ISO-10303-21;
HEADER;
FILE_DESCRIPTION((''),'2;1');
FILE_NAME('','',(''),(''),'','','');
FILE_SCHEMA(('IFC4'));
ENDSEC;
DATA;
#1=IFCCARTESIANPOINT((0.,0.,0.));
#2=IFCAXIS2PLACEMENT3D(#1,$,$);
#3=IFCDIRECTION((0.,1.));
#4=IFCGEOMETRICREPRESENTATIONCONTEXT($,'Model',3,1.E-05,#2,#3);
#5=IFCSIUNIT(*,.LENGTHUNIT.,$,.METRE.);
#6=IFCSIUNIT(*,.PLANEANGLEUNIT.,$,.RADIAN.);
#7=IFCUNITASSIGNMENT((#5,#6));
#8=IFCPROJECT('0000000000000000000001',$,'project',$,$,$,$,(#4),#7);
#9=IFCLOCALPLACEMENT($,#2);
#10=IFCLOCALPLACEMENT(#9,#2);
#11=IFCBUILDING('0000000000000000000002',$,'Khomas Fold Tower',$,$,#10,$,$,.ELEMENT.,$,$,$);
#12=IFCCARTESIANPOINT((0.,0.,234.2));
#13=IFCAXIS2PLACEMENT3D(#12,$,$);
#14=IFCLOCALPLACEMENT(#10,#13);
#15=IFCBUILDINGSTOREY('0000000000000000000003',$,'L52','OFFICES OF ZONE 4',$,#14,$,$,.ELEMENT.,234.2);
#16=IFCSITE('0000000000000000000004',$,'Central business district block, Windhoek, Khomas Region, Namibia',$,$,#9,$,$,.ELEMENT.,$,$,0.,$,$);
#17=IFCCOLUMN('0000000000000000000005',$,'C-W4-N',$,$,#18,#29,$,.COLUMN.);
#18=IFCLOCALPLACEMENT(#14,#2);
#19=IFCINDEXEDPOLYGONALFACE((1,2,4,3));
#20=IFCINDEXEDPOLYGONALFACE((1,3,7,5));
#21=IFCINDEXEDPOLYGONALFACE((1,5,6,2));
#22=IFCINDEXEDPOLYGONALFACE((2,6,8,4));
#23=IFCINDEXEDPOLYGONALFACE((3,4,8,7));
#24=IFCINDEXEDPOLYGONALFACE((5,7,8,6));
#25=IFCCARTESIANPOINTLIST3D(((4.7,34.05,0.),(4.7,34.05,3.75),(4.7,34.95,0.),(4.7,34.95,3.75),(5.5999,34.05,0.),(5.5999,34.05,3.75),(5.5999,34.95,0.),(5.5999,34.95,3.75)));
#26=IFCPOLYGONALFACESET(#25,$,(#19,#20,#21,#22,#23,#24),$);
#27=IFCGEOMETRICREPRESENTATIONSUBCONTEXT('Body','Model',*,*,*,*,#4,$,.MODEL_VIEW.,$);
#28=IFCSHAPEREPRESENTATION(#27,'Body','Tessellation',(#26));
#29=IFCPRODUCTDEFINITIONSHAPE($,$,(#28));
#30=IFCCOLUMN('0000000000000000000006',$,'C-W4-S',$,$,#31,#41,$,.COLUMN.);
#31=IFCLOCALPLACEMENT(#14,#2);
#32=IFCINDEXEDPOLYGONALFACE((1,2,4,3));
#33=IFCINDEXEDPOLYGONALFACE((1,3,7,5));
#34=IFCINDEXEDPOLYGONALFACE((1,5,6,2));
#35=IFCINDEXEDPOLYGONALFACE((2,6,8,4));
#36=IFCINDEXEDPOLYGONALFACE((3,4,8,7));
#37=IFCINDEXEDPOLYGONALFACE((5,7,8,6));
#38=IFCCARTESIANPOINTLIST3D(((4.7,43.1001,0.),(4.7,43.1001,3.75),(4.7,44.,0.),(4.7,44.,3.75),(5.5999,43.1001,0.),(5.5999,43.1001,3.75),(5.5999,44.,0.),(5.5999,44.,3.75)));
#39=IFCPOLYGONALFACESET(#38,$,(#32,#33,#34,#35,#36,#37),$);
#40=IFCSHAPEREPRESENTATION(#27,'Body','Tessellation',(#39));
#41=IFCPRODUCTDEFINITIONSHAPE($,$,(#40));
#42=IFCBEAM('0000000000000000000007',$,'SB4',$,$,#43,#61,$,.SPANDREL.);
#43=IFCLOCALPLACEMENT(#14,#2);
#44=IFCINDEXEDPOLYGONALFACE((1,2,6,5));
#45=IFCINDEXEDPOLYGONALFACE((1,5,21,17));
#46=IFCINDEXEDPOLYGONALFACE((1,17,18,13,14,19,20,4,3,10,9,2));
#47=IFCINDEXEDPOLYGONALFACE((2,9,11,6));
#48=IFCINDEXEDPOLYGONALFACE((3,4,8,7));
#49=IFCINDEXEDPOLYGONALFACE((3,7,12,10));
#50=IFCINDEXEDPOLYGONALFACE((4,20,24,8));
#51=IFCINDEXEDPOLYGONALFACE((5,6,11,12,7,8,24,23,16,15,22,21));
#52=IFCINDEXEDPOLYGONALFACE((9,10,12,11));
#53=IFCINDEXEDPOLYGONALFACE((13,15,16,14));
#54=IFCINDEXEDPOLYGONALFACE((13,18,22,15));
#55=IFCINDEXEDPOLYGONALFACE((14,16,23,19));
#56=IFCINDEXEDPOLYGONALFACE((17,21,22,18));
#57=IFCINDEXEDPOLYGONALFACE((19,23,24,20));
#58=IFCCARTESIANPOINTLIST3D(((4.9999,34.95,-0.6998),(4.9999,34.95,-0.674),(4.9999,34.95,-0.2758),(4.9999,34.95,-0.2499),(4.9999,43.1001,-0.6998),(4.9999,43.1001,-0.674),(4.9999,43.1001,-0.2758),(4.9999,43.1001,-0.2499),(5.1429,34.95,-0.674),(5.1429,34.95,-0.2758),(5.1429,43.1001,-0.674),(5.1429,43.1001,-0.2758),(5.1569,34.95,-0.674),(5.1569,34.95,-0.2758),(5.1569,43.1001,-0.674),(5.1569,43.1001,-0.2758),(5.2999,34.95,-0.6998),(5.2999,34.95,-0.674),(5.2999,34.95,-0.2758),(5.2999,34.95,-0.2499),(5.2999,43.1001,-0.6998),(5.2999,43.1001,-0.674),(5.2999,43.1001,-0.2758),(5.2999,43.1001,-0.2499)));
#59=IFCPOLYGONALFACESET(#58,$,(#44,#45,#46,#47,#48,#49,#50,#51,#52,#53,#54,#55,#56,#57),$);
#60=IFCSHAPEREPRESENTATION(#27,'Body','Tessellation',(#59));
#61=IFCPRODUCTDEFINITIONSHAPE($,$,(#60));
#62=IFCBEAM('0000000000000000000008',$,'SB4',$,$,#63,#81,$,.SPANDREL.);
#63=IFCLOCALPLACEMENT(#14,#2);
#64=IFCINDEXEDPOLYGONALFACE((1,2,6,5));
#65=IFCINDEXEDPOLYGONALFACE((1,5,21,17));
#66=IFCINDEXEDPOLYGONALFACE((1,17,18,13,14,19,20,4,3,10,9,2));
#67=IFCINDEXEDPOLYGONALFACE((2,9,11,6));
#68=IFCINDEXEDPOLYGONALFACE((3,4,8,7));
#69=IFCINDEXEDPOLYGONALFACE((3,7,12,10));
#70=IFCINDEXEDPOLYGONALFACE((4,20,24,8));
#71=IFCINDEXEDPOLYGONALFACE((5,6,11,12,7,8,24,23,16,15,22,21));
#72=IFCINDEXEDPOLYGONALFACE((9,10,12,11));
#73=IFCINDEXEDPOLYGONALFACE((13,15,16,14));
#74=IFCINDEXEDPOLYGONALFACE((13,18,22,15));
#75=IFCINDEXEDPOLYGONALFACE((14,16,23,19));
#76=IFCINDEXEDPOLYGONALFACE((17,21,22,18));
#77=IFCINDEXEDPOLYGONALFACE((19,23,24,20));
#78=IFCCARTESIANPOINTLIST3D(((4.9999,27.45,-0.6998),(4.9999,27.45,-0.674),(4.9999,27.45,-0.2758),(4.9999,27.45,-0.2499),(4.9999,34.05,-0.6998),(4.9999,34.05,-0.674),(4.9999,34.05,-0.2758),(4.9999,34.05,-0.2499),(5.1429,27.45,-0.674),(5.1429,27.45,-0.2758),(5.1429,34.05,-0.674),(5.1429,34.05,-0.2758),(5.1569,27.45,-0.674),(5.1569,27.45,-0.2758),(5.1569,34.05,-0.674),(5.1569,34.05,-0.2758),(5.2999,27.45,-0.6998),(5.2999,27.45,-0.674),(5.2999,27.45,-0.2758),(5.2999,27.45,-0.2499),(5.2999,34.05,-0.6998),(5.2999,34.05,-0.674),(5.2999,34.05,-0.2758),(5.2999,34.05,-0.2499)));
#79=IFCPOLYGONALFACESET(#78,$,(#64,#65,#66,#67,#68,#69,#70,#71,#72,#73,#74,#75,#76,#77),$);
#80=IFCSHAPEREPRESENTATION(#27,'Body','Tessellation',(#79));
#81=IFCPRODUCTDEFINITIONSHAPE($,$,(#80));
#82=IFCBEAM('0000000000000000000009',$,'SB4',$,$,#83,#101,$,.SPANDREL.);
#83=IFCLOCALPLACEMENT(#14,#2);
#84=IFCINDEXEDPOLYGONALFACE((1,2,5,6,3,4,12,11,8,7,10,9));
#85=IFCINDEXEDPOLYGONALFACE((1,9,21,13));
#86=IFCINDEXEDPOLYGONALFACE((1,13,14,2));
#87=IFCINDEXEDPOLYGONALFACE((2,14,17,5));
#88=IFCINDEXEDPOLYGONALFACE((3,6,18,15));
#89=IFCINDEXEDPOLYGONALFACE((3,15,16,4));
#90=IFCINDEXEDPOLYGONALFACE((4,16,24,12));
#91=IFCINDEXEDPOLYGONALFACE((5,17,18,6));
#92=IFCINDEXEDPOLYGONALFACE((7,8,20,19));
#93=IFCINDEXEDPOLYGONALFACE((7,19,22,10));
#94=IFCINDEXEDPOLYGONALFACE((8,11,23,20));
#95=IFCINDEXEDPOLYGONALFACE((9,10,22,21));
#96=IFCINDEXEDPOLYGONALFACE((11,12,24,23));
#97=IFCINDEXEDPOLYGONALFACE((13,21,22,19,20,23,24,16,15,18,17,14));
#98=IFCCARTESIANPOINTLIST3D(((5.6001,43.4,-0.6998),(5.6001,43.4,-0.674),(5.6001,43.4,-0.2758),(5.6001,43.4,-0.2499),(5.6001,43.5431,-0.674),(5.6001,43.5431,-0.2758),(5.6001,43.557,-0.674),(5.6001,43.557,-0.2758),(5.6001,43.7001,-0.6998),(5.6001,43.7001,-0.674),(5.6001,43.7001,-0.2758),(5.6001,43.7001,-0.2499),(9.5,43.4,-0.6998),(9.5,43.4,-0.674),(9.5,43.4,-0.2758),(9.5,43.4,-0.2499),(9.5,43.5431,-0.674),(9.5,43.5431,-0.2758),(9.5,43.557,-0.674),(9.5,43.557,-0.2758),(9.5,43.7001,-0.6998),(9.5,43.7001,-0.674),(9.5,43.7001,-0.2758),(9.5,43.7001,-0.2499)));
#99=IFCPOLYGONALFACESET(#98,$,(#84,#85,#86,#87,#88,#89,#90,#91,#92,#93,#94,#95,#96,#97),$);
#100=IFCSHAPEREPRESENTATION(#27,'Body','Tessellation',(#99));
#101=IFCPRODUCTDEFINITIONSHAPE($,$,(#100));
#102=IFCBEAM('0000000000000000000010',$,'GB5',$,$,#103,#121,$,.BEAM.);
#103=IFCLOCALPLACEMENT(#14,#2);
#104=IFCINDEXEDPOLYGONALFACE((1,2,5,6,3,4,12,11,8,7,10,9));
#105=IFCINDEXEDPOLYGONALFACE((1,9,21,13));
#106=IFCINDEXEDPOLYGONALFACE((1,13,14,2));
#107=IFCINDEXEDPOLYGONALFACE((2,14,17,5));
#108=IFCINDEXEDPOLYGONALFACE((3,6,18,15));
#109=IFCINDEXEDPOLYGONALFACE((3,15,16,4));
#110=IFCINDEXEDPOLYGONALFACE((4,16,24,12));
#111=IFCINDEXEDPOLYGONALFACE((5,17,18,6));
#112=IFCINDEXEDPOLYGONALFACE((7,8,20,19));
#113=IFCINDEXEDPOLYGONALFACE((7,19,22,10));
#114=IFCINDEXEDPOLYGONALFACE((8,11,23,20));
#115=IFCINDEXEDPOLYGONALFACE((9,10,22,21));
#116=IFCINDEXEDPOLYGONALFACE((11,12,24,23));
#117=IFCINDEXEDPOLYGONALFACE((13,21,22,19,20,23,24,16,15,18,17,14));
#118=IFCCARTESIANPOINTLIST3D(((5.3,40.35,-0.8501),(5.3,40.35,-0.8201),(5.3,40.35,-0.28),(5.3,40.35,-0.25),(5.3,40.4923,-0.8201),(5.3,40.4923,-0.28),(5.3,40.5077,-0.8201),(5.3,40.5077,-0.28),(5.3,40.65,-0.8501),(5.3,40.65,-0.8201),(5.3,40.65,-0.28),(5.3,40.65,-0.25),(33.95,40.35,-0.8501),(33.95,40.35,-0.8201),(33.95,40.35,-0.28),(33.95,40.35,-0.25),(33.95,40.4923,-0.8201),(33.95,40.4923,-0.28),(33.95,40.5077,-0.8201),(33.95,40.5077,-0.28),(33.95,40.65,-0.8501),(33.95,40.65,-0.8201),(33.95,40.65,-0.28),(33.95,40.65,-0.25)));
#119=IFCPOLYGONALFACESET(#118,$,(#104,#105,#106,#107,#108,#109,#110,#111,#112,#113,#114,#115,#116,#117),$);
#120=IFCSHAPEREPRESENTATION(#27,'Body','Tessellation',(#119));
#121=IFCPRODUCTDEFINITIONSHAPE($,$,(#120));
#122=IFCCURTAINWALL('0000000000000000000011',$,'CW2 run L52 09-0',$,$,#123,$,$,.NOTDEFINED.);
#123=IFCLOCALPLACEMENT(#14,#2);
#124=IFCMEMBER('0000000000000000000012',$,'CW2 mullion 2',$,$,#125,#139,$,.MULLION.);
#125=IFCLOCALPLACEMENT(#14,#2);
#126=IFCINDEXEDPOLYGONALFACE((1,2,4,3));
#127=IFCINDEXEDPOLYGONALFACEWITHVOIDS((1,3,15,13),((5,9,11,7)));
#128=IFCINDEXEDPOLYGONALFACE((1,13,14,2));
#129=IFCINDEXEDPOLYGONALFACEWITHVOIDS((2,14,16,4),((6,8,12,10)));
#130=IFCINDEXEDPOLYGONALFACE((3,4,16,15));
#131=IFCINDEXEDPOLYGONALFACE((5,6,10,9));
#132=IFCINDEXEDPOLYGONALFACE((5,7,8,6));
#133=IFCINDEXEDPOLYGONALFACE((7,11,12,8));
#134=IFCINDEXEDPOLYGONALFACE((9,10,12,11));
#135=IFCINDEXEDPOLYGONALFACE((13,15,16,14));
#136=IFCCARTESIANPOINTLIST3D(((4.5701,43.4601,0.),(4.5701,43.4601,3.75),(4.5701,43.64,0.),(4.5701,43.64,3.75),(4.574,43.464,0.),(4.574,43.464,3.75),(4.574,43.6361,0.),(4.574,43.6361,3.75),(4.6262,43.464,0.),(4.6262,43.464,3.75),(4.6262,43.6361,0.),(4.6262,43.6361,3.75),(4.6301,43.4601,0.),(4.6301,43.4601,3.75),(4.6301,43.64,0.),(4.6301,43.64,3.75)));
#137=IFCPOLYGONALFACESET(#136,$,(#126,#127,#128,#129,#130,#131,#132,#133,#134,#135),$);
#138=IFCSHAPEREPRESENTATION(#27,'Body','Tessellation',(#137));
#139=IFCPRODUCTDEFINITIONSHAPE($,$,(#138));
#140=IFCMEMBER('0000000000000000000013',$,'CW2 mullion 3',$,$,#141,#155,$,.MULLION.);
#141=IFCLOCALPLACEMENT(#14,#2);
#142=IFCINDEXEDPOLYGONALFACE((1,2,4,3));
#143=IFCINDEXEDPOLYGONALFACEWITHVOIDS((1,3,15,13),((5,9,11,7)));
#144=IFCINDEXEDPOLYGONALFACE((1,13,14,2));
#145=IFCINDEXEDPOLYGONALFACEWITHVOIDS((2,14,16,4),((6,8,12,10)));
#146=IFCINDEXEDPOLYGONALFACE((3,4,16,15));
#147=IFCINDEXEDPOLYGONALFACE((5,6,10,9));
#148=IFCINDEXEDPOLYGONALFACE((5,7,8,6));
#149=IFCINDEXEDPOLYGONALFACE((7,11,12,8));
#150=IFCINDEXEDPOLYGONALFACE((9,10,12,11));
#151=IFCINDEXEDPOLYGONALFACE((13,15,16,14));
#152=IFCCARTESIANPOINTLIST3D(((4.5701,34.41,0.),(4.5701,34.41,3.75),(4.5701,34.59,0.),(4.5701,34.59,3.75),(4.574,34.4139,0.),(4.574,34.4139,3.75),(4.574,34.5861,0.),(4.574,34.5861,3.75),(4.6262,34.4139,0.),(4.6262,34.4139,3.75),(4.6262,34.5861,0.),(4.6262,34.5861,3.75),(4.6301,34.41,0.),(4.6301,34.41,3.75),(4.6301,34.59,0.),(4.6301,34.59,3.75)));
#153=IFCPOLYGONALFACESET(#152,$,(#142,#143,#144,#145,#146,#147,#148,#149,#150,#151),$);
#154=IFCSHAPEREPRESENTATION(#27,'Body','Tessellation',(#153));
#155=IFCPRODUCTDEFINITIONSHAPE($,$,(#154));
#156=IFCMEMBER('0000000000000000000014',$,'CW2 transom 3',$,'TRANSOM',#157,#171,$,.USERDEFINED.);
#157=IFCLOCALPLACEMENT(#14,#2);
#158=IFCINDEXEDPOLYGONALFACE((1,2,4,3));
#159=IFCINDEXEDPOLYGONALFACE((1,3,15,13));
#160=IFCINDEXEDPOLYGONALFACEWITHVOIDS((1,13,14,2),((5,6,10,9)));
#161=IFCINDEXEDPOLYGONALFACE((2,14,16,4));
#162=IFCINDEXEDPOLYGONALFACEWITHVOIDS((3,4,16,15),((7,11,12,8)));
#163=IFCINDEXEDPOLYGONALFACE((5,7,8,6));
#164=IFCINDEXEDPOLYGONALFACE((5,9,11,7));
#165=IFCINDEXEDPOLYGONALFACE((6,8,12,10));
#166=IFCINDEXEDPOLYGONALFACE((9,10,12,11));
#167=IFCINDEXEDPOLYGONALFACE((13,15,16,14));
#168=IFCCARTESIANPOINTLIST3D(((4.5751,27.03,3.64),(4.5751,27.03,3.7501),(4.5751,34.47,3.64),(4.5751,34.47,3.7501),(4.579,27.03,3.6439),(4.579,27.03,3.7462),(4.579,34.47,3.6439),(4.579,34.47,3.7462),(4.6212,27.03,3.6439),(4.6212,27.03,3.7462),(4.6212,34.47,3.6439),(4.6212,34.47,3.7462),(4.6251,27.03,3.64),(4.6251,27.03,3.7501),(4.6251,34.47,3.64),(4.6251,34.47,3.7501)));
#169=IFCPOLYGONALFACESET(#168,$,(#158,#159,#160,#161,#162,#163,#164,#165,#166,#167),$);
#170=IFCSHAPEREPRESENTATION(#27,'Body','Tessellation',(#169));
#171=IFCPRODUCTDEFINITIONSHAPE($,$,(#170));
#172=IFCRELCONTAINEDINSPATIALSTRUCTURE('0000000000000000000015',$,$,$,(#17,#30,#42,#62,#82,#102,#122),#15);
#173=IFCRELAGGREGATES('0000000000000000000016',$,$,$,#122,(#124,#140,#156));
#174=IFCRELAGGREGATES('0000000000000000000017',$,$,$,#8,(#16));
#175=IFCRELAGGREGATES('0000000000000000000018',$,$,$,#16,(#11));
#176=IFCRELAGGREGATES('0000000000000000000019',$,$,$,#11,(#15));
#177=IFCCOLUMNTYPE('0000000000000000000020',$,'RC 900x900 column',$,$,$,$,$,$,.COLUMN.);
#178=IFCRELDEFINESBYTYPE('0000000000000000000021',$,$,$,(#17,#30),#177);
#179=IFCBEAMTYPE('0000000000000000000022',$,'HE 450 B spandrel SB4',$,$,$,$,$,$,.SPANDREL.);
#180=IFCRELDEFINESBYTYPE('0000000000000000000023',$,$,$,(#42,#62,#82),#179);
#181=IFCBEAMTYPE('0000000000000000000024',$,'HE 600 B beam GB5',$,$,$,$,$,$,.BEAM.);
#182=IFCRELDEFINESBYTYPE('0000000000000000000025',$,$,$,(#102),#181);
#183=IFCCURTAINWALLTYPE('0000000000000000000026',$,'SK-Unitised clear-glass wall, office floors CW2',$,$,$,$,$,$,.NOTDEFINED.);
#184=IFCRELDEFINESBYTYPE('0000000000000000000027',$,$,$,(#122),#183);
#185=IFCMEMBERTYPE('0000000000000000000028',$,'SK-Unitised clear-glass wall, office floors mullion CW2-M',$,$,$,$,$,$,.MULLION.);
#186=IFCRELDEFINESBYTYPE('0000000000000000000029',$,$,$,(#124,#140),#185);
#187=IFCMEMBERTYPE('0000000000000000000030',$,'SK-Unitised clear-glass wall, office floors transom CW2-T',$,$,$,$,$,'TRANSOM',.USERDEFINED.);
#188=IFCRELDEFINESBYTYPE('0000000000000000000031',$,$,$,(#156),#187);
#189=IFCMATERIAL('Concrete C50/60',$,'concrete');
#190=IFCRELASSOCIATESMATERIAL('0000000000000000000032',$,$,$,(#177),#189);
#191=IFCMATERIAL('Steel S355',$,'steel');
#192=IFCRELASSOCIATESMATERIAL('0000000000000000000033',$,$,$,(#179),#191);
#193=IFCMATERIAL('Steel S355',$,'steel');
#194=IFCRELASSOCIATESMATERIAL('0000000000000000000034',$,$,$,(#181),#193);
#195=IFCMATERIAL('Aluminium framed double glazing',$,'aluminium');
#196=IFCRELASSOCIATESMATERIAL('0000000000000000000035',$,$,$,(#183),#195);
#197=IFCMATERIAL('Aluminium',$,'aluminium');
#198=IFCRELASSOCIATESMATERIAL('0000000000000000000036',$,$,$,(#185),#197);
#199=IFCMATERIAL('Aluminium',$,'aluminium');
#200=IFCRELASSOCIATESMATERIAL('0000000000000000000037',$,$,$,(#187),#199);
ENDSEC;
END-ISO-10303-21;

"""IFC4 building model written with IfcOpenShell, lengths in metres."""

from ifc_helpers import new_model, si_unit, direction, frame, origin, origin_2d, place, context, subcontext, project, spatial, rectangle, hollow_rectangle, i_section, extrude, source, transform, mapped, material, material_profile, profile_set, type_object, element, aggregate, save


model = new_model("IFC4")

# Units and contexts
model_context = context("Model", 3, precision=1e-05, world=origin(), true_north=direction((0.0, 1.0)))
body_context = subcontext(model_context, "Body", "Model", "MODEL_VIEW")
ifc_project = project(units=[si_unit("LENGTHUNIT", "METRE"), si_unit("PLANEANGLEUNIT", "RADIAN")], contexts=[model_context])

# Site, building, storey
site_placement = place(None, origin())
site = spatial("IfcSite", under=ifc_project, at=site_placement, Name="Central business district block, Windhoek, Khomas Region, Namibia", CompositionType="ELEMENT", RefElevation=0.0)
building_placement = place(site_placement, origin())
building = spatial("IfcBuilding", under=site, at=building_placement, Name="Khomas Fold Tower", CompositionType="ELEMENT")
storey_placement = place(building_placement, frame((0.0, 0.0, 234.2)))
storey = spatial("IfcBuildingStorey", under=building, at=storey_placement, Name="L52", Description="OFFICES OF ZONE 4", CompositionType="ELEMENT", Elevation=234.2)

# Columns
ifc_material_1 = material(Name="Concrete C50/60", Category="concrete")
ifc_material_profile_1 = material_profile(ifc_material_1, rectangle(XDim=0.8999, YDim=0.8999, at=origin_2d()), Name="RC 900x900")
ifc_profile_set_1 = profile_set([ifc_material_profile_1], Name="Concrete C50/60")
column_type = type_object("IfcColumnType", Name="RC 900x900 column", PredefinedType="COLUMN", material=ifc_profile_set_1)
shared_shape_1 = source(origin(), body_context, "Body", "SweptSolid", [
    extrude(rectangle(XDim=0.8999, YDim=0.8999, at=origin_2d()), origin(), (0.0, 0.0, 1.0), 3.75),
])
for number, where, z_axis, x_axis, name in (
    (1, (5.1499, 34.5, 0.0), (0.0, 0.0, 1.0), (1.0, 0.0, 0.0), "C-W4-N"),
    (2, (5.1499, 43.55, 0.0), (0.0, 0.0, 1.0), (1.0, 0.0, 0.0), "C-W4-S"),
):
    element("IfcColumn", number, at=place(storey_placement, frame(where, z_axis=z_axis, x_axis=x_axis)), inside=storey, type_object=column_type, Name=name, PredefinedType="COLUMN", context=body_context, shape_type="MappedRepresentation", body=[
        mapped(shared_shape_1, transform((0.0, 0.0, 0.0))),
    ])

# Beams
ifc_material_2 = material(Name="Steel S355", Category="steel")
ifc_material_profile_2 = material_profile(ifc_material_2, i_section(OverallWidth=0.3, OverallDepth=0.45, WebThickness=0.0139, FlangeThickness=0.0259, at=origin_2d()), Name="HE 450 B")
ifc_profile_set_2 = profile_set([ifc_material_profile_2], Name="Steel S355")
beam_type_1 = type_object("IfcBeamType", Name="HE 450 B spandrel SB4", PredefinedType="SPANDREL", material=ifc_profile_set_2)
shared_shape_2 = source(origin(), body_context, "Body", "SweptSolid", [
    extrude(i_section(OverallWidth=0.3, OverallDepth=0.45, WebThickness=0.0139, FlangeThickness=0.0259, at=origin_2d()), origin(), (0.0, 0.0, 1.0), 8.1501),
])
beam_1_placement = place(storey_placement, frame((5.1499, 34.95, -0.4749), z_axis=(0.0, 1.0, 0.0), x_axis=(-1.0, 0.0, 0.0)))
element("IfcBeam", 3, at=beam_1_placement, inside=storey, type_object=beam_type_1, Name="SB4", PredefinedType="SPANDREL", context=body_context, shape_type="MappedRepresentation", body=[
    mapped(shared_shape_2, transform((0.0, 0.0, 0.0))),
])
shared_shape_3 = source(origin(), body_context, "Body", "SweptSolid", [
    extrude(i_section(OverallWidth=0.3, OverallDepth=0.45, WebThickness=0.0139, FlangeThickness=0.0259, at=origin_2d()), origin(), (0.0, 0.0, 1.0), 6.6001),
])
beam_2_placement = place(storey_placement, frame((5.1499, 27.45, -0.4749), z_axis=(0.0, 1.0, 0.0), x_axis=(-1.0, 0.0, 0.0)))
element("IfcBeam", 4, at=beam_2_placement, inside=storey, type_object=beam_type_1, Name="SB4", PredefinedType="SPANDREL", context=body_context, shape_type="MappedRepresentation", body=[
    mapped(shared_shape_3, transform((0.0, 0.0, 0.0))),
])
shared_shape_4 = source(origin(), body_context, "Body", "SweptSolid", [
    extrude(i_section(OverallWidth=0.3, OverallDepth=0.45, WebThickness=0.0139, FlangeThickness=0.0259, at=origin_2d()), origin(), (0.0, 0.0, 1.0), 3.8999),
])
beam_3_placement = place(storey_placement, frame((5.6001, 43.55, -0.4749), z_axis=(1.0, 0.0, 0.0), x_axis=(0.0, 1.0, 0.0)))
element("IfcBeam", 5, at=beam_3_placement, inside=storey, type_object=beam_type_1, Name="SB4", PredefinedType="SPANDREL", context=body_context, shape_type="MappedRepresentation", body=[
    mapped(shared_shape_4, transform((0.0, 0.0, 0.0))),
])
ifc_material_3 = material(Name="Steel S355", Category="steel")
ifc_material_profile_3 = material_profile(ifc_material_3, i_section(OverallWidth=0.3, OverallDepth=0.6001, WebThickness=0.0154, FlangeThickness=0.03, at=origin_2d()), Name="HE 600 B")
ifc_profile_set_3 = profile_set([ifc_material_profile_3], Name="Steel S355")
beam_type_2 = type_object("IfcBeamType", Name="HE 600 B beam GB5", PredefinedType="BEAM", material=ifc_profile_set_3)
shared_shape_5 = source(origin(), body_context, "Body", "SweptSolid", [
    extrude(i_section(OverallWidth=0.3, OverallDepth=0.6001, WebThickness=0.0154, FlangeThickness=0.03, at=origin_2d()), origin(), (0.0, 0.0, 1.0), 28.6499),
])
beam_4_placement = place(storey_placement, frame((5.3, 40.5, -0.55), z_axis=(1.0, 0.0, 0.0), x_axis=(0.0, 1.0, 0.0)))
element("IfcBeam", 6, at=beam_4_placement, inside=storey, type_object=beam_type_2, Name="GB5", PredefinedType="BEAM", context=body_context, shape_type="MappedRepresentation", body=[
    mapped(shared_shape_5, transform((0.0, 0.0, 0.0))),
])

# Curtain wall, members
ifc_material_4 = material(Name="Aluminium framed double glazing", Category="aluminium")
curtain_wall_type = type_object("IfcCurtainWallType", Name="SK-Unitised clear-glass wall, office floors CW2", PredefinedType="NOTDEFINED", material=ifc_material_4)
curtain_wall_placement = place(storey_placement, origin())
curtain_wall = element("IfcCurtainWall", 7, at=curtain_wall_placement, inside=storey, type_object=curtain_wall_type, Name="CW2 run L52 09-0", PredefinedType="NOTDEFINED")
ifc_material_5 = material(Name="Aluminium", Category="aluminium")
ifc_material_profile_4 = material_profile(ifc_material_5, hollow_rectangle(XDim=0.0601, YDim=0.1799, WallThickness=0.0039, at=origin_2d()), Name="SK-Unitised clear-glass wall, office floors mullion CW2-M")
ifc_profile_set_4 = profile_set([ifc_material_profile_4], Name="Aluminium")
member_type_1 = type_object("IfcMemberType", Name="SK-Unitised clear-glass wall, office floors mullion CW2-M", PredefinedType="MULLION", material=ifc_profile_set_4)
shared_shape_6 = source(origin(), body_context, "Body", "SweptSolid", [
    extrude(hollow_rectangle(XDim=0.0601, YDim=0.1799, WallThickness=0.0039, at=origin_2d()), origin(), (0.0, 0.0, 1.0), 3.75),
])
member_1_placement = place(storey_placement, frame((4.6001, 43.55, 0.0), z_axis=(0.0, 0.0, 1.0), x_axis=(1.0, 0.0, 0.0)))
member_1 = element("IfcMember", 8, at=member_1_placement, type_object=member_type_1, Name="CW2 mullion 2", PredefinedType="MULLION", context=body_context, shape_type="MappedRepresentation", body=[
    mapped(shared_shape_6, transform((0.0, 0.0, 0.0))),
])
member_2_placement = place(storey_placement, frame((4.6001, 34.5, 0.0), z_axis=(0.0, 0.0, 1.0), x_axis=(1.0, 0.0, 0.0)))
member_2 = element("IfcMember", 9, at=member_2_placement, type_object=member_type_1, Name="CW2 mullion 3", PredefinedType="MULLION", context=body_context, shape_type="MappedRepresentation", body=[
    mapped(shared_shape_6, transform((0.0, 0.0, 0.0))),
])
ifc_material_6 = material(Name="Aluminium", Category="aluminium")
ifc_material_profile_5 = material_profile(ifc_material_6, hollow_rectangle(XDim=0.05, YDim=0.1101, WallThickness=0.0039, at=origin_2d()), Name="SK-Unitised clear-glass wall, office floors transom CW2-T")
ifc_profile_set_5 = profile_set([ifc_material_profile_5], Name="Aluminium")
member_type_2 = type_object("IfcMemberType", Name="SK-Unitised clear-glass wall, office floors transom CW2-T", ElementType="TRANSOM", PredefinedType="USERDEFINED", material=ifc_profile_set_5)
shared_shape_7 = source(origin(), body_context, "Body", "SweptSolid", [
    extrude(hollow_rectangle(XDim=0.05, YDim=0.1101, WallThickness=0.0039, at=origin_2d()), origin(), (0.0, 0.0, 1.0), 7.4399),
])
member_3_placement = place(storey_placement, frame((4.6001, 34.47, 3.6951), z_axis=(0.0, -1.0, 0.0), x_axis=(1.0, 0.0, 0.0)))
member_3 = element("IfcMember", 10, at=member_3_placement, type_object=member_type_2, Name="CW2 transom 3", ObjectType="TRANSOM", PredefinedType="USERDEFINED", context=body_context, shape_type="MappedRepresentation", body=[
    mapped(shared_shape_7, transform((0.0, 0.0, 0.0))),
])

aggregate(curtain_wall, [member_1, member_2, member_3])

save(model, "model.ifc")
